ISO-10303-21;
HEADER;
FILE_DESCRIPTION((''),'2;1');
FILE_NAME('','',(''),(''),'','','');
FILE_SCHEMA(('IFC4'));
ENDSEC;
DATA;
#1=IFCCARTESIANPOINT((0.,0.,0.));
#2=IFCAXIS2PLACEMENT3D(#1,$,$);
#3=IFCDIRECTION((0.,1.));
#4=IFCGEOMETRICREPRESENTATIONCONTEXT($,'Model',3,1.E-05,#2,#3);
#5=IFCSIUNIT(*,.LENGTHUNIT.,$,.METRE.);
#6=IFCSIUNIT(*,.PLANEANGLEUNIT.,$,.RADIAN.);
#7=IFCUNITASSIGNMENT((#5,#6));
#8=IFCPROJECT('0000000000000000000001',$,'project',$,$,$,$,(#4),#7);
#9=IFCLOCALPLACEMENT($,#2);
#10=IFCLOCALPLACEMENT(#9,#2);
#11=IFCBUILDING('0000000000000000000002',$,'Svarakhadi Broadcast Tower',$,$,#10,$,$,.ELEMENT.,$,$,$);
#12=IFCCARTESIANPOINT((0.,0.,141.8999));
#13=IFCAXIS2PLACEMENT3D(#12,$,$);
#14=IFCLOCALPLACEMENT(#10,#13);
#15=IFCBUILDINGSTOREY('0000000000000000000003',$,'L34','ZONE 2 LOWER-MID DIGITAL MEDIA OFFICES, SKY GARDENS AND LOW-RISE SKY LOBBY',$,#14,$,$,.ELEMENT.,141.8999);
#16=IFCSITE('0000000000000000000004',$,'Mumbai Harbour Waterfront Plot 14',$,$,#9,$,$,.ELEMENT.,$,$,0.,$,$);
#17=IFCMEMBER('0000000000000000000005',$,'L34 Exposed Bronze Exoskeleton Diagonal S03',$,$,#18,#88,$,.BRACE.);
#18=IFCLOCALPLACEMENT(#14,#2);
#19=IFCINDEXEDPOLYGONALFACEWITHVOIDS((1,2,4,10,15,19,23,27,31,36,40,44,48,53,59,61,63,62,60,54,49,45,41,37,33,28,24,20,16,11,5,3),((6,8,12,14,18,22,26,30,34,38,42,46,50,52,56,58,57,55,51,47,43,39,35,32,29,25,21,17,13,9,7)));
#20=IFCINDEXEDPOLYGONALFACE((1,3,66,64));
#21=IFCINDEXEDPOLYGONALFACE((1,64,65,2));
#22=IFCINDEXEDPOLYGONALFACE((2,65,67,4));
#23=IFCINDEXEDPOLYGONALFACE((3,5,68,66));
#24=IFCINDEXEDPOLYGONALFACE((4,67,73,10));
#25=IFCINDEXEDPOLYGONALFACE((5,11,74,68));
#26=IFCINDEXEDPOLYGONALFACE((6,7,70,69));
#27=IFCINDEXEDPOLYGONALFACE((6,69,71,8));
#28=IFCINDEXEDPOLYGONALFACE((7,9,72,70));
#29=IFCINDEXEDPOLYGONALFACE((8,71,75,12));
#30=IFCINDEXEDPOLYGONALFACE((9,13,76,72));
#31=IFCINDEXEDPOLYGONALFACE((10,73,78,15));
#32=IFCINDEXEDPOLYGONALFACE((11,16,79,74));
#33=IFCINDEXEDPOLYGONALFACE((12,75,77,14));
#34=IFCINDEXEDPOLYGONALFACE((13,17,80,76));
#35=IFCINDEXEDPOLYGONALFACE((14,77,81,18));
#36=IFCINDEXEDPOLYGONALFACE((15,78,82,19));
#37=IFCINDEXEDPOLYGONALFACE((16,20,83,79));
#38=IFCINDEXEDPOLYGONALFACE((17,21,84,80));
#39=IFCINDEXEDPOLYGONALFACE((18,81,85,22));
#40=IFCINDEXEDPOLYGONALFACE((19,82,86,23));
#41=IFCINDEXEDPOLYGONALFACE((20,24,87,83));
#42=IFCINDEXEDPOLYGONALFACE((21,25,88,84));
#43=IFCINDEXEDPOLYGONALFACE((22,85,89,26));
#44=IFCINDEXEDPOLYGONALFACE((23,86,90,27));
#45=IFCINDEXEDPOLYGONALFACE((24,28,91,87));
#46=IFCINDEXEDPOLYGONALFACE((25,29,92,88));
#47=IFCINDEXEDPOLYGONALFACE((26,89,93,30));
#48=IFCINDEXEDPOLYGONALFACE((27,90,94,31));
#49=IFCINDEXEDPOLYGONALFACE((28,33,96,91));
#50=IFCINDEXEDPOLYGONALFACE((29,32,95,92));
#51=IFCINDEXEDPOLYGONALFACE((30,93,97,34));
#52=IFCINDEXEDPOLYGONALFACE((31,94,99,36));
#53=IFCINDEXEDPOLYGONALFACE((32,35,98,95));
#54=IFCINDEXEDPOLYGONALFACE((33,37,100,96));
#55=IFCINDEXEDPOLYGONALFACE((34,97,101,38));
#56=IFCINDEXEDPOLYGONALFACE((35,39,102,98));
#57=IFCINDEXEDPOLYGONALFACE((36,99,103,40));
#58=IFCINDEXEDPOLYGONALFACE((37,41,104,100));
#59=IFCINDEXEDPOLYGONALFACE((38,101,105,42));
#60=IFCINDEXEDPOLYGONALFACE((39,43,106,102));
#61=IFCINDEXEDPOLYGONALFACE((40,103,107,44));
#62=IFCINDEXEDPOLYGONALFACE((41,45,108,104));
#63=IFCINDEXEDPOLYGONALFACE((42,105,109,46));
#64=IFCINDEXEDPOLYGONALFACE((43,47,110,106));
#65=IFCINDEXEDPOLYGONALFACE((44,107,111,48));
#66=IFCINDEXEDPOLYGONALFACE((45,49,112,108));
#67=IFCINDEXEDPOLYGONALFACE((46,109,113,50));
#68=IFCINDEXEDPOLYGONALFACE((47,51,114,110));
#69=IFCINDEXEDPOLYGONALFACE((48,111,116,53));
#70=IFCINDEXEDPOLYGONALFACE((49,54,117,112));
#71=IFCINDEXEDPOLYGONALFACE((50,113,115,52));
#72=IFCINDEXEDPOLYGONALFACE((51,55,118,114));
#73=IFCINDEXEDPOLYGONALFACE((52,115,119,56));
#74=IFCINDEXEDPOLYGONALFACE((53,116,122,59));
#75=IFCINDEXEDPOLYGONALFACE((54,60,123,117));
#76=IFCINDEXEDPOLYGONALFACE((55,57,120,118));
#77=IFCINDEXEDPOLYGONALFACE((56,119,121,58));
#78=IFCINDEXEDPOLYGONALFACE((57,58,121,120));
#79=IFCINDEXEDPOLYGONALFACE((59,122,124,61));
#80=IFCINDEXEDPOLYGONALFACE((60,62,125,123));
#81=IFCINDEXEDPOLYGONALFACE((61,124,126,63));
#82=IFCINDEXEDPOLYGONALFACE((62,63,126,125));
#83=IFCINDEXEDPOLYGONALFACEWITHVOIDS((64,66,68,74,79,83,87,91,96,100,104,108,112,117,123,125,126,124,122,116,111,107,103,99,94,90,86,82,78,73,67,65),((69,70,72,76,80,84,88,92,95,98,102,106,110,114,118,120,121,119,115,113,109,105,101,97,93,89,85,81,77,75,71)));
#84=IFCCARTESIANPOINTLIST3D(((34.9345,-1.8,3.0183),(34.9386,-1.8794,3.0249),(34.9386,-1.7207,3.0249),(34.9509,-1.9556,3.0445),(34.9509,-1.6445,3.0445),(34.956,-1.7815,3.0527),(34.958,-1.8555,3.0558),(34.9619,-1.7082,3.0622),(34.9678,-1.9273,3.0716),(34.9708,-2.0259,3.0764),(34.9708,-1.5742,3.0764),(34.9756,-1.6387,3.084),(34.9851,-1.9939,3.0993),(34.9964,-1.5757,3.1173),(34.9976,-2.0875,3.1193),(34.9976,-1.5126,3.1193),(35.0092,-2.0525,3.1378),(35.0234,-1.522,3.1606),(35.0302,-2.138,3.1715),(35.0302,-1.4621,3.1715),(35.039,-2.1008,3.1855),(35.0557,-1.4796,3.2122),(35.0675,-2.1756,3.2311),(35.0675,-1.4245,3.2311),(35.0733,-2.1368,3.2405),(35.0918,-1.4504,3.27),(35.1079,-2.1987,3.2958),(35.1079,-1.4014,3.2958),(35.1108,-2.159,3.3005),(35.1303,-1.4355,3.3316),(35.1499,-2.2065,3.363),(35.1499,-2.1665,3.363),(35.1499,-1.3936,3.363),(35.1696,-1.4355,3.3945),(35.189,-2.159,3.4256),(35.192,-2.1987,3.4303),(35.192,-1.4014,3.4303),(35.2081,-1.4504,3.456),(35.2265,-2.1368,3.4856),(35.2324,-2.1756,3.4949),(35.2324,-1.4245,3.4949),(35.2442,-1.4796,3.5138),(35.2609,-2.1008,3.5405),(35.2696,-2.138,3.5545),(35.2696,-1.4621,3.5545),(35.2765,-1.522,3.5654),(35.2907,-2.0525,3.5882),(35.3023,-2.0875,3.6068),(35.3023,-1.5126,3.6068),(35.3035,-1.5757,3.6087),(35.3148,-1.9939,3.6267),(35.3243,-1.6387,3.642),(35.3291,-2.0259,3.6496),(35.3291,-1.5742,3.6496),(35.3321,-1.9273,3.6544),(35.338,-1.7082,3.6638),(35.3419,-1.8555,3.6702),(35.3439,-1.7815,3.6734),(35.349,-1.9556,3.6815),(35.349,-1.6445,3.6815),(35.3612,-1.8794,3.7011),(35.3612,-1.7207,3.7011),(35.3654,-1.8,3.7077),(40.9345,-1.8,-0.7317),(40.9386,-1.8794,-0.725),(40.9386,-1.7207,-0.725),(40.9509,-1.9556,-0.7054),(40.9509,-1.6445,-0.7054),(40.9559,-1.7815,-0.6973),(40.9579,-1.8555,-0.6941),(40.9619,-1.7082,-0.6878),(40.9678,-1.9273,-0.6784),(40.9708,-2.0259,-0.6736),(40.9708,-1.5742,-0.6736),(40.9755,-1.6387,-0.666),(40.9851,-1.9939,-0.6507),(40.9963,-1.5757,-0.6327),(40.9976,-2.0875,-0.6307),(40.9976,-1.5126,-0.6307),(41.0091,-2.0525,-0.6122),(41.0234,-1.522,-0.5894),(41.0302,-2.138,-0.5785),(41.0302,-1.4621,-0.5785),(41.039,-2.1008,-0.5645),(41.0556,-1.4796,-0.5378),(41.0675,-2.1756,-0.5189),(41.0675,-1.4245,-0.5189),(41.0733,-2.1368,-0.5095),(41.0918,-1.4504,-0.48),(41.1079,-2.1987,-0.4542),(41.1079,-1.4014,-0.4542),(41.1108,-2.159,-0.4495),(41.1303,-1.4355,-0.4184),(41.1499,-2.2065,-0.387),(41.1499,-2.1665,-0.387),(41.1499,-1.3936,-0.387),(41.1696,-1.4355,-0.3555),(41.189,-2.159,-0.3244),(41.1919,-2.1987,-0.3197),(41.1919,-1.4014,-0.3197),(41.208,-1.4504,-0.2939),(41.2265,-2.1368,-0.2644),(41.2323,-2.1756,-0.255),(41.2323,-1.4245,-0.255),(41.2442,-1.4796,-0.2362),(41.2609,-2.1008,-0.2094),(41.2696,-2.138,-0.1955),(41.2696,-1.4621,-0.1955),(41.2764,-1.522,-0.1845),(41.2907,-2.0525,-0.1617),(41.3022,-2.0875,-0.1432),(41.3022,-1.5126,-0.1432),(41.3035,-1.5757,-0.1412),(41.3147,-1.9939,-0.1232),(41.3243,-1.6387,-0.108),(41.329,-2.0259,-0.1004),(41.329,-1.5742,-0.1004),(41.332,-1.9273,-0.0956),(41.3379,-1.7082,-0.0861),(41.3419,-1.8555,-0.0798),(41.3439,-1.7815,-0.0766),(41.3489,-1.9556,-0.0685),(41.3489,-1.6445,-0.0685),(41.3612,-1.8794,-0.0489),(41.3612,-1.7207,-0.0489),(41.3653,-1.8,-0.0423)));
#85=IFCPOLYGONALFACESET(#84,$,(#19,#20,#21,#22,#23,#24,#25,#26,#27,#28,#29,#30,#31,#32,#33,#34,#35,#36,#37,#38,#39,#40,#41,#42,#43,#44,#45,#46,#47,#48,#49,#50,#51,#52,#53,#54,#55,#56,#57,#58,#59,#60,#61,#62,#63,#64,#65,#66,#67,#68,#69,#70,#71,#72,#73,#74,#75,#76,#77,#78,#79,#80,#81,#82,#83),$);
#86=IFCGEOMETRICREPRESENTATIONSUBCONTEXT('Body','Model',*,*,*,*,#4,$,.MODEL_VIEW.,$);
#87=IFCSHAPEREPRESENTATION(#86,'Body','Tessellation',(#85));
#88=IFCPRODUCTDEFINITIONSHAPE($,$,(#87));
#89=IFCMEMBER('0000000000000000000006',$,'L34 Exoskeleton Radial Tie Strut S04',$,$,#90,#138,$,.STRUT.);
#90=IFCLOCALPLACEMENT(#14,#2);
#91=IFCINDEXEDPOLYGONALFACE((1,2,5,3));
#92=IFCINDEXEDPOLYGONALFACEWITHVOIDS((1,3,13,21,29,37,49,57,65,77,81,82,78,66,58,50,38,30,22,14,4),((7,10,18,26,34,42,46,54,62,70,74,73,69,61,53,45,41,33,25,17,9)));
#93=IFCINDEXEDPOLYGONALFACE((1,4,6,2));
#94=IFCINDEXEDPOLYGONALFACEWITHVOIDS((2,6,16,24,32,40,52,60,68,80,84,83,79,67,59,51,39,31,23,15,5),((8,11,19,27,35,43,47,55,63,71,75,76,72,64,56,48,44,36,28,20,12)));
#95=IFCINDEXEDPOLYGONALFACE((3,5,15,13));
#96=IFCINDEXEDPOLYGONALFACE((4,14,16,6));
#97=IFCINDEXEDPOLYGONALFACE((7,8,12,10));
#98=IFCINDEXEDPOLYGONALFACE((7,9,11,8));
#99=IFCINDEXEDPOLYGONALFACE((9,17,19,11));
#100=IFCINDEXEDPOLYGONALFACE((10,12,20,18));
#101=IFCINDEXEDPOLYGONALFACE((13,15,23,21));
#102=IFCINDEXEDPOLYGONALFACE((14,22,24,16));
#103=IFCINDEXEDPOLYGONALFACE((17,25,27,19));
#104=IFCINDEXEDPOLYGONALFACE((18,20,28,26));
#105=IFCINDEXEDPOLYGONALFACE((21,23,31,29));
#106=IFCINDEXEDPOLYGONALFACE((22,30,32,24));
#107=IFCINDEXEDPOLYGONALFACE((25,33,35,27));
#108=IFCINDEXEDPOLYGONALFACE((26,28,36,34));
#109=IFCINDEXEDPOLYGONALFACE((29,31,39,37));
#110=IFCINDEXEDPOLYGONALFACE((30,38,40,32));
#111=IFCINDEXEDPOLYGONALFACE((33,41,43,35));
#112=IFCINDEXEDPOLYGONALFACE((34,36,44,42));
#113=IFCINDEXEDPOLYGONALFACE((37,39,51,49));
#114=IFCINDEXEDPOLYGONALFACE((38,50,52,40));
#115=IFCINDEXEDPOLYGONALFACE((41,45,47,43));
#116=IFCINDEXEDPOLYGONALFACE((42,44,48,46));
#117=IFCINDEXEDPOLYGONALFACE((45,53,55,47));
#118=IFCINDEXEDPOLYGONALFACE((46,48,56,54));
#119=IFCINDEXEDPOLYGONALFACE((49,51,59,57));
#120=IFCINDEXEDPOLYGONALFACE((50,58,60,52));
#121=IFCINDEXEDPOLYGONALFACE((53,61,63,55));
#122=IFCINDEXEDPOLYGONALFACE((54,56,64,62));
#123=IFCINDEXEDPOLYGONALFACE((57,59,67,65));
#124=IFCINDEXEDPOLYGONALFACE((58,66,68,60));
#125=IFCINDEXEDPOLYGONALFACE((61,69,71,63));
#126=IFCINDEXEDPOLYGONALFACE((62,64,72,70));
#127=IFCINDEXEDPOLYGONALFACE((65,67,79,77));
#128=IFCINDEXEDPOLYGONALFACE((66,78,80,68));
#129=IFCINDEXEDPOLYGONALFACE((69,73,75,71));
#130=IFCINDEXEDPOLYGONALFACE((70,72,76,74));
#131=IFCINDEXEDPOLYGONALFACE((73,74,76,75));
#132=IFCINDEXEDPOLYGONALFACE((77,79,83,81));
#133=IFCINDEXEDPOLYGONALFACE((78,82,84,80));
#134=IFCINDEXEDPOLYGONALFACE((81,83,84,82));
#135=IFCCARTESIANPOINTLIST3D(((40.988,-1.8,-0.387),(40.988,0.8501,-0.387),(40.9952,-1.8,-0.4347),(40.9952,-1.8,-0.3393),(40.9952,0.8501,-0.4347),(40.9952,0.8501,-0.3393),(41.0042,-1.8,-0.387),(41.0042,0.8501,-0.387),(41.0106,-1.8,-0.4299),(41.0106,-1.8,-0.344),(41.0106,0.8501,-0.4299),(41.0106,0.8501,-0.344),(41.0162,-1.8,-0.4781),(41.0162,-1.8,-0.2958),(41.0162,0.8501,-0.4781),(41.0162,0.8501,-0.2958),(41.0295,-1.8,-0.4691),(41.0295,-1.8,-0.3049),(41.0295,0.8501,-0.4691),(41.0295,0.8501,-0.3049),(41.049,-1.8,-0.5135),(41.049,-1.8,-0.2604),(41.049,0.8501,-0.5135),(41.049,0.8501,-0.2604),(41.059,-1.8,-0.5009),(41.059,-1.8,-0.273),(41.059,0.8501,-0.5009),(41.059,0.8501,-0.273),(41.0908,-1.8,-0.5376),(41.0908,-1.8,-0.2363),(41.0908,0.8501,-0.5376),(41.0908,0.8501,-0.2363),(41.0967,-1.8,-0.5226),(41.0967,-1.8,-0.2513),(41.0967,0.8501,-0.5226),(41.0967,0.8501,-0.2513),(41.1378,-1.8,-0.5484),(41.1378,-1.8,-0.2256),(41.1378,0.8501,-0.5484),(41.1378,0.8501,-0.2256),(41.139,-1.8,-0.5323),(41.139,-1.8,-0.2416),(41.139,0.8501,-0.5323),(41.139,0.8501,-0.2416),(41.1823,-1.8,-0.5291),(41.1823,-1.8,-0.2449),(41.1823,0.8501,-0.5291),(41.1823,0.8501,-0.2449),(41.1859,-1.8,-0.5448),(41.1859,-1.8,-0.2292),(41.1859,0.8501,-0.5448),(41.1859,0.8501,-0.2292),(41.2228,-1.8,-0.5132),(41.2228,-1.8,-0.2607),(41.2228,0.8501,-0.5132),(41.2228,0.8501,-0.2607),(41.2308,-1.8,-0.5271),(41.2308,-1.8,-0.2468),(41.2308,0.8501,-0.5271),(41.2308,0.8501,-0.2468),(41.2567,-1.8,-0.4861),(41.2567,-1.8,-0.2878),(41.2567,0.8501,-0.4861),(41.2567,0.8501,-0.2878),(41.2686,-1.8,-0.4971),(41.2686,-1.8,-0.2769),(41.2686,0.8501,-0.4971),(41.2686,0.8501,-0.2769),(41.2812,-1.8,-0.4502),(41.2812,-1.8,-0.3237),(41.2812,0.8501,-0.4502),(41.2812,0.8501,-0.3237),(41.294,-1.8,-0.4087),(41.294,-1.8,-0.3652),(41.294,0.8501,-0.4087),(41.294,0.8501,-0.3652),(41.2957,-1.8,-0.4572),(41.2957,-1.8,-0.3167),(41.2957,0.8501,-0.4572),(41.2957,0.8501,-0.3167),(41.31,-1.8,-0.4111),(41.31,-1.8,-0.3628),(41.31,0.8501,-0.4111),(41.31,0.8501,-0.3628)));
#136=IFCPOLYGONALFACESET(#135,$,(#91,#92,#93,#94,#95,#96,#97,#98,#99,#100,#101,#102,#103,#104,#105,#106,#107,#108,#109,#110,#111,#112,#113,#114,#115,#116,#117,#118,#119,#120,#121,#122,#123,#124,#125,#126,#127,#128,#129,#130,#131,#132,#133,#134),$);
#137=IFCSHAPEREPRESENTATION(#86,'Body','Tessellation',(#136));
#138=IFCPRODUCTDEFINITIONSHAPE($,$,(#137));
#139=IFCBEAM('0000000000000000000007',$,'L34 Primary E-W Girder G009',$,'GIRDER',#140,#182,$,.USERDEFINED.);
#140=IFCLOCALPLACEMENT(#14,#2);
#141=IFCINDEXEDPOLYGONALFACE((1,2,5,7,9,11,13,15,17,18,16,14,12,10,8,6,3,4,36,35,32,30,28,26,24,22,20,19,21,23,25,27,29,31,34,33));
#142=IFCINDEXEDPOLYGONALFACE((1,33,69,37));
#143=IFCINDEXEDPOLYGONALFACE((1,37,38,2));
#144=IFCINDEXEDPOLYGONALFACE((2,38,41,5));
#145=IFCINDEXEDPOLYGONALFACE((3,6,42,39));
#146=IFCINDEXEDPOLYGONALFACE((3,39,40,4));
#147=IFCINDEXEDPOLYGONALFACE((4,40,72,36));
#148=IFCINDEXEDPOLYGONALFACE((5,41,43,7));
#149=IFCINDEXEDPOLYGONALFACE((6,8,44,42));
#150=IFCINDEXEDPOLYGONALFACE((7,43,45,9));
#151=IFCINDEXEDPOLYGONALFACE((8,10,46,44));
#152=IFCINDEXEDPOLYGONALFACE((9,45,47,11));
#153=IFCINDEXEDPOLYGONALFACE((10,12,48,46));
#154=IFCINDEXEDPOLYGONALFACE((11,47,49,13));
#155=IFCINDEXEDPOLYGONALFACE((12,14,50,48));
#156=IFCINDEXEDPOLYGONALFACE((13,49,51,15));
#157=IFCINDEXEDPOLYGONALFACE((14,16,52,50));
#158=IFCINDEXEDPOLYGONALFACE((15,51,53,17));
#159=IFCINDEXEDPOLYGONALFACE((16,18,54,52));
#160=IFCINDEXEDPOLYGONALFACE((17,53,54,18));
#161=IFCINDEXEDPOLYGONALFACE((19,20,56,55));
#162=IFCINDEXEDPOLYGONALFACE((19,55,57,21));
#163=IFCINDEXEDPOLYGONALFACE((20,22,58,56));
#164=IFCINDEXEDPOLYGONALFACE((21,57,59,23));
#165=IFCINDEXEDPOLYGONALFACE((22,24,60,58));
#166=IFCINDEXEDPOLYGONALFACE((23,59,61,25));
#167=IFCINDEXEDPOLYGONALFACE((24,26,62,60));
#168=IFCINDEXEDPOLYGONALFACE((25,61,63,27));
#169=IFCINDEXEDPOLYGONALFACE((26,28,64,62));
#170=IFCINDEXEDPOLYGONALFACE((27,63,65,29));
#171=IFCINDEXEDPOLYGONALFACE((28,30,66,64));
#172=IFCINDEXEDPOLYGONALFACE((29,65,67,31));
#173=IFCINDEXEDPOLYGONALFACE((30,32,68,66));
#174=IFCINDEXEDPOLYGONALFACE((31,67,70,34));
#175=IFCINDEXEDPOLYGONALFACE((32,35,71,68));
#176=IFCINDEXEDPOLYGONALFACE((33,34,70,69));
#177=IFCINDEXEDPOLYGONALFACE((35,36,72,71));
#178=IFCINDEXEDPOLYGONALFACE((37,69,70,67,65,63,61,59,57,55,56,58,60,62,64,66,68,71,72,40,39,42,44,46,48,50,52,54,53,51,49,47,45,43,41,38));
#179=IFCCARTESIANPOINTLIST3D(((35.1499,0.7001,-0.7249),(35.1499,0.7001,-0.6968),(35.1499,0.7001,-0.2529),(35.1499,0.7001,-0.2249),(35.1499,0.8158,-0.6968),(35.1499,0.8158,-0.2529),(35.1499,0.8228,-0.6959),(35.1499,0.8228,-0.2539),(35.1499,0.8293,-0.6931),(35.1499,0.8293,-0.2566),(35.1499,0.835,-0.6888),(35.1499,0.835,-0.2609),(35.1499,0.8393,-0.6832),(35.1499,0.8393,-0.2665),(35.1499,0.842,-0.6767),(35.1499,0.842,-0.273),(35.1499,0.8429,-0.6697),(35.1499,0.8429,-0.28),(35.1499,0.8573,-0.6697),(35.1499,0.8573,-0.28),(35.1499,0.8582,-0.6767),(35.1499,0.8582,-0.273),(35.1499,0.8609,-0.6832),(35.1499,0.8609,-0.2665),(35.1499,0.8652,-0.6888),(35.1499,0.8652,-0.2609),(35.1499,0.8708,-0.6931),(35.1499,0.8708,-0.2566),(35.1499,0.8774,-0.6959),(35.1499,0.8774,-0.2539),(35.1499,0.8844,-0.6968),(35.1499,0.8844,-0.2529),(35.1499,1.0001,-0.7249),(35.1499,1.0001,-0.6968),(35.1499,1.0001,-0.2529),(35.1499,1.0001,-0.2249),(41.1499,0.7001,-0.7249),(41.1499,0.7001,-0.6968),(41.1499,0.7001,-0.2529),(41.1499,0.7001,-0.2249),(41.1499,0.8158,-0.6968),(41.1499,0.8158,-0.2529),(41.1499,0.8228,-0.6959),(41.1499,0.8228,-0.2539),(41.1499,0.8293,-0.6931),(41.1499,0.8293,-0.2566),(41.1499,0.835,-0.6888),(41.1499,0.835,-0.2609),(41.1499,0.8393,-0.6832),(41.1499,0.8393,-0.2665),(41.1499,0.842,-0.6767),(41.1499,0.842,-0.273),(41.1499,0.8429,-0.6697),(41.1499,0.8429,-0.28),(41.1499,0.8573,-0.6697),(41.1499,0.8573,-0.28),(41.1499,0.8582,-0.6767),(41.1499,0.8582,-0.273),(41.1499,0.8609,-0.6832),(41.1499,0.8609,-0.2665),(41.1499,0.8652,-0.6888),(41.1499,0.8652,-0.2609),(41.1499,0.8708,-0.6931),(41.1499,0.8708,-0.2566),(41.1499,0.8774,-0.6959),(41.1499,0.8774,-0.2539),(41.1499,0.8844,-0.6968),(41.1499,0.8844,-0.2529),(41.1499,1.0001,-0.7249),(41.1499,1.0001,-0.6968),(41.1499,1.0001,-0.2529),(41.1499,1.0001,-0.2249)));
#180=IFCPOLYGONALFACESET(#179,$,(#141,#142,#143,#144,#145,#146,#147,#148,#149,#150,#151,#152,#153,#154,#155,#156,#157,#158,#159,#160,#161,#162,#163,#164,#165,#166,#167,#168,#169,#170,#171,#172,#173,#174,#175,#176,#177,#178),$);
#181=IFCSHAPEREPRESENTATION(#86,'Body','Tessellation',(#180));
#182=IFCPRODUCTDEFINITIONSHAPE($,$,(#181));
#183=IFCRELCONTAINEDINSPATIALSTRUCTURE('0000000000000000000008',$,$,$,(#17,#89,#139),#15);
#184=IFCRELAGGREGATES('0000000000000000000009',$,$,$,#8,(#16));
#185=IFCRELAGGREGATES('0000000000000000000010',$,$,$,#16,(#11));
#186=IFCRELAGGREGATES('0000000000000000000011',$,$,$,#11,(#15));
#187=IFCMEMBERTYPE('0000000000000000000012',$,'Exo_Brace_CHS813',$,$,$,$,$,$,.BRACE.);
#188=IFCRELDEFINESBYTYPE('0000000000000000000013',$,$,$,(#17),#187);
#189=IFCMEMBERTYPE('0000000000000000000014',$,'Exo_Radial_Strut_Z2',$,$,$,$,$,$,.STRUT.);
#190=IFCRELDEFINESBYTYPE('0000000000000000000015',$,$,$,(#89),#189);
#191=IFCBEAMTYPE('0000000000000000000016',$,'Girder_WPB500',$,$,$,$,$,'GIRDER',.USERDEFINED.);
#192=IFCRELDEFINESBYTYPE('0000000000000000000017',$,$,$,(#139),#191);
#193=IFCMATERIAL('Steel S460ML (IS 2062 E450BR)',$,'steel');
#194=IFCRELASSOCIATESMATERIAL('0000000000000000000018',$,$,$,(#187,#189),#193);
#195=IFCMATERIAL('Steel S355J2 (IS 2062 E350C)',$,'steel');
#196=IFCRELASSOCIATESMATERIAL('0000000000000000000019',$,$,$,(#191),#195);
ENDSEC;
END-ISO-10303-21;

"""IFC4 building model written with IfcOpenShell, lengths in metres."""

from ifc_helpers import new_model, si_unit, direction, frame, origin, origin_2d, place, context, subcontext, project, spatial, hollow_circle, i_section, extrude, material, material_profile, profile_set, type_object, element, save


model = new_model("IFC4")

# Units and contexts
model_context = context("Model", 3, precision=1e-05, world=origin(), true_north=direction((0.0, 1.0)))
body_context = subcontext(model_context, "Body", "Model", "MODEL_VIEW")
ifc_project = project(units=[si_unit("LENGTHUNIT", "METRE"), si_unit("PLANEANGLEUNIT", "RADIAN")], contexts=[model_context])

# Site, building, storey
site_placement = place(None, origin())
site = spatial("IfcSite", under=ifc_project, at=site_placement, Name="Mumbai Harbour Waterfront Plot 14", CompositionType="ELEMENT", RefElevation=0.0)
building_placement = place(site_placement, origin())
building = spatial("IfcBuilding", under=site, at=building_placement, Name="Svarakhadi Broadcast Tower", CompositionType="ELEMENT")
storey_placement = place(building_placement, frame((0.0, 0.0, 141.8999)))
storey = spatial("IfcBuildingStorey", under=building, at=storey_placement, Name="L34", Description="ZONE 2 LOWER-MID DIGITAL MEDIA OFFICES, SKY GARDENS AND LOW-RISE SKY LOBBY", CompositionType="ELEMENT", Elevation=141.8999)

# Shared definitions
ifc_material_1 = material(Name="Steel S460ML (IS 2062 E450BR)", Category="steel")

# Members
ifc_material_profile_1 = material_profile(ifc_material_1, hollow_circle(Radius=0.4065, WallThickness=0.04, at=origin_2d()), Name="CHS 813x40")
ifc_profile_set_1 = profile_set([ifc_material_profile_1], Name="Steel S460ML (IS 2062 E450BR)")
member_type_1 = type_object("IfcMemberType", Name="Exo_Brace_CHS813", PredefinedType="BRACE", material=ifc_profile_set_1)
member_1_placement = place(storey_placement, frame((41.1499, -1.8, -0.387), z_axis=(-0.847998, 0.0, 0.529999), x_axis=(0.0, -1.0, 0.0)))
element("IfcMember", 1, at=member_1_placement, inside=storey, type_object=member_type_1, Name="L34 Exposed Bronze Exoskeleton Diagonal S03", PredefinedType="BRACE", context=body_context, shape_type="SweptSolid", body=[
    extrude(hollow_circle(Radius=0.4065, WallThickness=0.04, at=origin_2d()), origin(), (0.0, 0.0, 1.0), 7.0754),
])
ifc_material_profile_2 = material_profile(ifc_material_1, hollow_circle(Radius=0.1619, WallThickness=0.0161, at=origin_2d()), Name="CHS 323.9x16")
ifc_profile_set_2 = profile_set([ifc_material_profile_2], Name="Steel S460ML (IS 2062 E450BR)")
member_type_2 = type_object("IfcMemberType", Name="Exo_Radial_Strut_Z2", PredefinedType="STRUT", material=ifc_profile_set_2)
member_2_placement = place(storey_placement, frame((41.1499, -1.8, -0.387), z_axis=(0.0, 1.0, 0.0), x_axis=(-1.0, 0.0, 0.0)))
element("IfcMember", 2, at=member_2_placement, inside=storey, type_object=member_type_2, Name="L34 Exoskeleton Radial Tie Strut S04", PredefinedType="STRUT", context=body_context, shape_type="SweptSolid", body=[
    extrude(hollow_circle(Radius=0.1619, WallThickness=0.0161, at=origin_2d()), origin(), (0.0, 0.0, 1.0), 2.6501),
])

# Beam
ifc_material_2 = material(Name="Steel S355J2 (IS 2062 E350C)", Category="steel")
ifc_material_profile_3 = material_profile(ifc_material_2, i_section(OverallWidth=0.3, OverallDepth=0.5, WebThickness=0.0144, FlangeThickness=0.0281, FilletRadius=0.0271, at=origin_2d()), Name="WPB 500x300x187")
ifc_profile_set_3 = profile_set([ifc_material_profile_3], Name="Steel S355J2 (IS 2062 E350C)")
beam_type = type_object("IfcBeamType", Name="Girder_WPB500", ElementType="GIRDER", PredefinedType="USERDEFINED", material=ifc_profile_set_3)
beam_placement = place(storey_placement, frame((35.1499, 0.8501, -0.4749), z_axis=(1.0, 0.0, 0.0), x_axis=(0.0, 1.0, 0.0)))
element("IfcBeam", 3, at=beam_placement, inside=storey, type_object=beam_type, Name="L34 Primary E-W Girder G009", ObjectType="GIRDER", PredefinedType="USERDEFINED", context=body_context, shape_type="SweptSolid", body=[
    extrude(i_section(OverallWidth=0.3, OverallDepth=0.5, WebThickness=0.0144, FlangeThickness=0.0281, FilletRadius=0.0271, at=origin_2d()), origin(), (0.0, 0.0, 1.0), 6.0),
])

save(model, "model.ifc")
